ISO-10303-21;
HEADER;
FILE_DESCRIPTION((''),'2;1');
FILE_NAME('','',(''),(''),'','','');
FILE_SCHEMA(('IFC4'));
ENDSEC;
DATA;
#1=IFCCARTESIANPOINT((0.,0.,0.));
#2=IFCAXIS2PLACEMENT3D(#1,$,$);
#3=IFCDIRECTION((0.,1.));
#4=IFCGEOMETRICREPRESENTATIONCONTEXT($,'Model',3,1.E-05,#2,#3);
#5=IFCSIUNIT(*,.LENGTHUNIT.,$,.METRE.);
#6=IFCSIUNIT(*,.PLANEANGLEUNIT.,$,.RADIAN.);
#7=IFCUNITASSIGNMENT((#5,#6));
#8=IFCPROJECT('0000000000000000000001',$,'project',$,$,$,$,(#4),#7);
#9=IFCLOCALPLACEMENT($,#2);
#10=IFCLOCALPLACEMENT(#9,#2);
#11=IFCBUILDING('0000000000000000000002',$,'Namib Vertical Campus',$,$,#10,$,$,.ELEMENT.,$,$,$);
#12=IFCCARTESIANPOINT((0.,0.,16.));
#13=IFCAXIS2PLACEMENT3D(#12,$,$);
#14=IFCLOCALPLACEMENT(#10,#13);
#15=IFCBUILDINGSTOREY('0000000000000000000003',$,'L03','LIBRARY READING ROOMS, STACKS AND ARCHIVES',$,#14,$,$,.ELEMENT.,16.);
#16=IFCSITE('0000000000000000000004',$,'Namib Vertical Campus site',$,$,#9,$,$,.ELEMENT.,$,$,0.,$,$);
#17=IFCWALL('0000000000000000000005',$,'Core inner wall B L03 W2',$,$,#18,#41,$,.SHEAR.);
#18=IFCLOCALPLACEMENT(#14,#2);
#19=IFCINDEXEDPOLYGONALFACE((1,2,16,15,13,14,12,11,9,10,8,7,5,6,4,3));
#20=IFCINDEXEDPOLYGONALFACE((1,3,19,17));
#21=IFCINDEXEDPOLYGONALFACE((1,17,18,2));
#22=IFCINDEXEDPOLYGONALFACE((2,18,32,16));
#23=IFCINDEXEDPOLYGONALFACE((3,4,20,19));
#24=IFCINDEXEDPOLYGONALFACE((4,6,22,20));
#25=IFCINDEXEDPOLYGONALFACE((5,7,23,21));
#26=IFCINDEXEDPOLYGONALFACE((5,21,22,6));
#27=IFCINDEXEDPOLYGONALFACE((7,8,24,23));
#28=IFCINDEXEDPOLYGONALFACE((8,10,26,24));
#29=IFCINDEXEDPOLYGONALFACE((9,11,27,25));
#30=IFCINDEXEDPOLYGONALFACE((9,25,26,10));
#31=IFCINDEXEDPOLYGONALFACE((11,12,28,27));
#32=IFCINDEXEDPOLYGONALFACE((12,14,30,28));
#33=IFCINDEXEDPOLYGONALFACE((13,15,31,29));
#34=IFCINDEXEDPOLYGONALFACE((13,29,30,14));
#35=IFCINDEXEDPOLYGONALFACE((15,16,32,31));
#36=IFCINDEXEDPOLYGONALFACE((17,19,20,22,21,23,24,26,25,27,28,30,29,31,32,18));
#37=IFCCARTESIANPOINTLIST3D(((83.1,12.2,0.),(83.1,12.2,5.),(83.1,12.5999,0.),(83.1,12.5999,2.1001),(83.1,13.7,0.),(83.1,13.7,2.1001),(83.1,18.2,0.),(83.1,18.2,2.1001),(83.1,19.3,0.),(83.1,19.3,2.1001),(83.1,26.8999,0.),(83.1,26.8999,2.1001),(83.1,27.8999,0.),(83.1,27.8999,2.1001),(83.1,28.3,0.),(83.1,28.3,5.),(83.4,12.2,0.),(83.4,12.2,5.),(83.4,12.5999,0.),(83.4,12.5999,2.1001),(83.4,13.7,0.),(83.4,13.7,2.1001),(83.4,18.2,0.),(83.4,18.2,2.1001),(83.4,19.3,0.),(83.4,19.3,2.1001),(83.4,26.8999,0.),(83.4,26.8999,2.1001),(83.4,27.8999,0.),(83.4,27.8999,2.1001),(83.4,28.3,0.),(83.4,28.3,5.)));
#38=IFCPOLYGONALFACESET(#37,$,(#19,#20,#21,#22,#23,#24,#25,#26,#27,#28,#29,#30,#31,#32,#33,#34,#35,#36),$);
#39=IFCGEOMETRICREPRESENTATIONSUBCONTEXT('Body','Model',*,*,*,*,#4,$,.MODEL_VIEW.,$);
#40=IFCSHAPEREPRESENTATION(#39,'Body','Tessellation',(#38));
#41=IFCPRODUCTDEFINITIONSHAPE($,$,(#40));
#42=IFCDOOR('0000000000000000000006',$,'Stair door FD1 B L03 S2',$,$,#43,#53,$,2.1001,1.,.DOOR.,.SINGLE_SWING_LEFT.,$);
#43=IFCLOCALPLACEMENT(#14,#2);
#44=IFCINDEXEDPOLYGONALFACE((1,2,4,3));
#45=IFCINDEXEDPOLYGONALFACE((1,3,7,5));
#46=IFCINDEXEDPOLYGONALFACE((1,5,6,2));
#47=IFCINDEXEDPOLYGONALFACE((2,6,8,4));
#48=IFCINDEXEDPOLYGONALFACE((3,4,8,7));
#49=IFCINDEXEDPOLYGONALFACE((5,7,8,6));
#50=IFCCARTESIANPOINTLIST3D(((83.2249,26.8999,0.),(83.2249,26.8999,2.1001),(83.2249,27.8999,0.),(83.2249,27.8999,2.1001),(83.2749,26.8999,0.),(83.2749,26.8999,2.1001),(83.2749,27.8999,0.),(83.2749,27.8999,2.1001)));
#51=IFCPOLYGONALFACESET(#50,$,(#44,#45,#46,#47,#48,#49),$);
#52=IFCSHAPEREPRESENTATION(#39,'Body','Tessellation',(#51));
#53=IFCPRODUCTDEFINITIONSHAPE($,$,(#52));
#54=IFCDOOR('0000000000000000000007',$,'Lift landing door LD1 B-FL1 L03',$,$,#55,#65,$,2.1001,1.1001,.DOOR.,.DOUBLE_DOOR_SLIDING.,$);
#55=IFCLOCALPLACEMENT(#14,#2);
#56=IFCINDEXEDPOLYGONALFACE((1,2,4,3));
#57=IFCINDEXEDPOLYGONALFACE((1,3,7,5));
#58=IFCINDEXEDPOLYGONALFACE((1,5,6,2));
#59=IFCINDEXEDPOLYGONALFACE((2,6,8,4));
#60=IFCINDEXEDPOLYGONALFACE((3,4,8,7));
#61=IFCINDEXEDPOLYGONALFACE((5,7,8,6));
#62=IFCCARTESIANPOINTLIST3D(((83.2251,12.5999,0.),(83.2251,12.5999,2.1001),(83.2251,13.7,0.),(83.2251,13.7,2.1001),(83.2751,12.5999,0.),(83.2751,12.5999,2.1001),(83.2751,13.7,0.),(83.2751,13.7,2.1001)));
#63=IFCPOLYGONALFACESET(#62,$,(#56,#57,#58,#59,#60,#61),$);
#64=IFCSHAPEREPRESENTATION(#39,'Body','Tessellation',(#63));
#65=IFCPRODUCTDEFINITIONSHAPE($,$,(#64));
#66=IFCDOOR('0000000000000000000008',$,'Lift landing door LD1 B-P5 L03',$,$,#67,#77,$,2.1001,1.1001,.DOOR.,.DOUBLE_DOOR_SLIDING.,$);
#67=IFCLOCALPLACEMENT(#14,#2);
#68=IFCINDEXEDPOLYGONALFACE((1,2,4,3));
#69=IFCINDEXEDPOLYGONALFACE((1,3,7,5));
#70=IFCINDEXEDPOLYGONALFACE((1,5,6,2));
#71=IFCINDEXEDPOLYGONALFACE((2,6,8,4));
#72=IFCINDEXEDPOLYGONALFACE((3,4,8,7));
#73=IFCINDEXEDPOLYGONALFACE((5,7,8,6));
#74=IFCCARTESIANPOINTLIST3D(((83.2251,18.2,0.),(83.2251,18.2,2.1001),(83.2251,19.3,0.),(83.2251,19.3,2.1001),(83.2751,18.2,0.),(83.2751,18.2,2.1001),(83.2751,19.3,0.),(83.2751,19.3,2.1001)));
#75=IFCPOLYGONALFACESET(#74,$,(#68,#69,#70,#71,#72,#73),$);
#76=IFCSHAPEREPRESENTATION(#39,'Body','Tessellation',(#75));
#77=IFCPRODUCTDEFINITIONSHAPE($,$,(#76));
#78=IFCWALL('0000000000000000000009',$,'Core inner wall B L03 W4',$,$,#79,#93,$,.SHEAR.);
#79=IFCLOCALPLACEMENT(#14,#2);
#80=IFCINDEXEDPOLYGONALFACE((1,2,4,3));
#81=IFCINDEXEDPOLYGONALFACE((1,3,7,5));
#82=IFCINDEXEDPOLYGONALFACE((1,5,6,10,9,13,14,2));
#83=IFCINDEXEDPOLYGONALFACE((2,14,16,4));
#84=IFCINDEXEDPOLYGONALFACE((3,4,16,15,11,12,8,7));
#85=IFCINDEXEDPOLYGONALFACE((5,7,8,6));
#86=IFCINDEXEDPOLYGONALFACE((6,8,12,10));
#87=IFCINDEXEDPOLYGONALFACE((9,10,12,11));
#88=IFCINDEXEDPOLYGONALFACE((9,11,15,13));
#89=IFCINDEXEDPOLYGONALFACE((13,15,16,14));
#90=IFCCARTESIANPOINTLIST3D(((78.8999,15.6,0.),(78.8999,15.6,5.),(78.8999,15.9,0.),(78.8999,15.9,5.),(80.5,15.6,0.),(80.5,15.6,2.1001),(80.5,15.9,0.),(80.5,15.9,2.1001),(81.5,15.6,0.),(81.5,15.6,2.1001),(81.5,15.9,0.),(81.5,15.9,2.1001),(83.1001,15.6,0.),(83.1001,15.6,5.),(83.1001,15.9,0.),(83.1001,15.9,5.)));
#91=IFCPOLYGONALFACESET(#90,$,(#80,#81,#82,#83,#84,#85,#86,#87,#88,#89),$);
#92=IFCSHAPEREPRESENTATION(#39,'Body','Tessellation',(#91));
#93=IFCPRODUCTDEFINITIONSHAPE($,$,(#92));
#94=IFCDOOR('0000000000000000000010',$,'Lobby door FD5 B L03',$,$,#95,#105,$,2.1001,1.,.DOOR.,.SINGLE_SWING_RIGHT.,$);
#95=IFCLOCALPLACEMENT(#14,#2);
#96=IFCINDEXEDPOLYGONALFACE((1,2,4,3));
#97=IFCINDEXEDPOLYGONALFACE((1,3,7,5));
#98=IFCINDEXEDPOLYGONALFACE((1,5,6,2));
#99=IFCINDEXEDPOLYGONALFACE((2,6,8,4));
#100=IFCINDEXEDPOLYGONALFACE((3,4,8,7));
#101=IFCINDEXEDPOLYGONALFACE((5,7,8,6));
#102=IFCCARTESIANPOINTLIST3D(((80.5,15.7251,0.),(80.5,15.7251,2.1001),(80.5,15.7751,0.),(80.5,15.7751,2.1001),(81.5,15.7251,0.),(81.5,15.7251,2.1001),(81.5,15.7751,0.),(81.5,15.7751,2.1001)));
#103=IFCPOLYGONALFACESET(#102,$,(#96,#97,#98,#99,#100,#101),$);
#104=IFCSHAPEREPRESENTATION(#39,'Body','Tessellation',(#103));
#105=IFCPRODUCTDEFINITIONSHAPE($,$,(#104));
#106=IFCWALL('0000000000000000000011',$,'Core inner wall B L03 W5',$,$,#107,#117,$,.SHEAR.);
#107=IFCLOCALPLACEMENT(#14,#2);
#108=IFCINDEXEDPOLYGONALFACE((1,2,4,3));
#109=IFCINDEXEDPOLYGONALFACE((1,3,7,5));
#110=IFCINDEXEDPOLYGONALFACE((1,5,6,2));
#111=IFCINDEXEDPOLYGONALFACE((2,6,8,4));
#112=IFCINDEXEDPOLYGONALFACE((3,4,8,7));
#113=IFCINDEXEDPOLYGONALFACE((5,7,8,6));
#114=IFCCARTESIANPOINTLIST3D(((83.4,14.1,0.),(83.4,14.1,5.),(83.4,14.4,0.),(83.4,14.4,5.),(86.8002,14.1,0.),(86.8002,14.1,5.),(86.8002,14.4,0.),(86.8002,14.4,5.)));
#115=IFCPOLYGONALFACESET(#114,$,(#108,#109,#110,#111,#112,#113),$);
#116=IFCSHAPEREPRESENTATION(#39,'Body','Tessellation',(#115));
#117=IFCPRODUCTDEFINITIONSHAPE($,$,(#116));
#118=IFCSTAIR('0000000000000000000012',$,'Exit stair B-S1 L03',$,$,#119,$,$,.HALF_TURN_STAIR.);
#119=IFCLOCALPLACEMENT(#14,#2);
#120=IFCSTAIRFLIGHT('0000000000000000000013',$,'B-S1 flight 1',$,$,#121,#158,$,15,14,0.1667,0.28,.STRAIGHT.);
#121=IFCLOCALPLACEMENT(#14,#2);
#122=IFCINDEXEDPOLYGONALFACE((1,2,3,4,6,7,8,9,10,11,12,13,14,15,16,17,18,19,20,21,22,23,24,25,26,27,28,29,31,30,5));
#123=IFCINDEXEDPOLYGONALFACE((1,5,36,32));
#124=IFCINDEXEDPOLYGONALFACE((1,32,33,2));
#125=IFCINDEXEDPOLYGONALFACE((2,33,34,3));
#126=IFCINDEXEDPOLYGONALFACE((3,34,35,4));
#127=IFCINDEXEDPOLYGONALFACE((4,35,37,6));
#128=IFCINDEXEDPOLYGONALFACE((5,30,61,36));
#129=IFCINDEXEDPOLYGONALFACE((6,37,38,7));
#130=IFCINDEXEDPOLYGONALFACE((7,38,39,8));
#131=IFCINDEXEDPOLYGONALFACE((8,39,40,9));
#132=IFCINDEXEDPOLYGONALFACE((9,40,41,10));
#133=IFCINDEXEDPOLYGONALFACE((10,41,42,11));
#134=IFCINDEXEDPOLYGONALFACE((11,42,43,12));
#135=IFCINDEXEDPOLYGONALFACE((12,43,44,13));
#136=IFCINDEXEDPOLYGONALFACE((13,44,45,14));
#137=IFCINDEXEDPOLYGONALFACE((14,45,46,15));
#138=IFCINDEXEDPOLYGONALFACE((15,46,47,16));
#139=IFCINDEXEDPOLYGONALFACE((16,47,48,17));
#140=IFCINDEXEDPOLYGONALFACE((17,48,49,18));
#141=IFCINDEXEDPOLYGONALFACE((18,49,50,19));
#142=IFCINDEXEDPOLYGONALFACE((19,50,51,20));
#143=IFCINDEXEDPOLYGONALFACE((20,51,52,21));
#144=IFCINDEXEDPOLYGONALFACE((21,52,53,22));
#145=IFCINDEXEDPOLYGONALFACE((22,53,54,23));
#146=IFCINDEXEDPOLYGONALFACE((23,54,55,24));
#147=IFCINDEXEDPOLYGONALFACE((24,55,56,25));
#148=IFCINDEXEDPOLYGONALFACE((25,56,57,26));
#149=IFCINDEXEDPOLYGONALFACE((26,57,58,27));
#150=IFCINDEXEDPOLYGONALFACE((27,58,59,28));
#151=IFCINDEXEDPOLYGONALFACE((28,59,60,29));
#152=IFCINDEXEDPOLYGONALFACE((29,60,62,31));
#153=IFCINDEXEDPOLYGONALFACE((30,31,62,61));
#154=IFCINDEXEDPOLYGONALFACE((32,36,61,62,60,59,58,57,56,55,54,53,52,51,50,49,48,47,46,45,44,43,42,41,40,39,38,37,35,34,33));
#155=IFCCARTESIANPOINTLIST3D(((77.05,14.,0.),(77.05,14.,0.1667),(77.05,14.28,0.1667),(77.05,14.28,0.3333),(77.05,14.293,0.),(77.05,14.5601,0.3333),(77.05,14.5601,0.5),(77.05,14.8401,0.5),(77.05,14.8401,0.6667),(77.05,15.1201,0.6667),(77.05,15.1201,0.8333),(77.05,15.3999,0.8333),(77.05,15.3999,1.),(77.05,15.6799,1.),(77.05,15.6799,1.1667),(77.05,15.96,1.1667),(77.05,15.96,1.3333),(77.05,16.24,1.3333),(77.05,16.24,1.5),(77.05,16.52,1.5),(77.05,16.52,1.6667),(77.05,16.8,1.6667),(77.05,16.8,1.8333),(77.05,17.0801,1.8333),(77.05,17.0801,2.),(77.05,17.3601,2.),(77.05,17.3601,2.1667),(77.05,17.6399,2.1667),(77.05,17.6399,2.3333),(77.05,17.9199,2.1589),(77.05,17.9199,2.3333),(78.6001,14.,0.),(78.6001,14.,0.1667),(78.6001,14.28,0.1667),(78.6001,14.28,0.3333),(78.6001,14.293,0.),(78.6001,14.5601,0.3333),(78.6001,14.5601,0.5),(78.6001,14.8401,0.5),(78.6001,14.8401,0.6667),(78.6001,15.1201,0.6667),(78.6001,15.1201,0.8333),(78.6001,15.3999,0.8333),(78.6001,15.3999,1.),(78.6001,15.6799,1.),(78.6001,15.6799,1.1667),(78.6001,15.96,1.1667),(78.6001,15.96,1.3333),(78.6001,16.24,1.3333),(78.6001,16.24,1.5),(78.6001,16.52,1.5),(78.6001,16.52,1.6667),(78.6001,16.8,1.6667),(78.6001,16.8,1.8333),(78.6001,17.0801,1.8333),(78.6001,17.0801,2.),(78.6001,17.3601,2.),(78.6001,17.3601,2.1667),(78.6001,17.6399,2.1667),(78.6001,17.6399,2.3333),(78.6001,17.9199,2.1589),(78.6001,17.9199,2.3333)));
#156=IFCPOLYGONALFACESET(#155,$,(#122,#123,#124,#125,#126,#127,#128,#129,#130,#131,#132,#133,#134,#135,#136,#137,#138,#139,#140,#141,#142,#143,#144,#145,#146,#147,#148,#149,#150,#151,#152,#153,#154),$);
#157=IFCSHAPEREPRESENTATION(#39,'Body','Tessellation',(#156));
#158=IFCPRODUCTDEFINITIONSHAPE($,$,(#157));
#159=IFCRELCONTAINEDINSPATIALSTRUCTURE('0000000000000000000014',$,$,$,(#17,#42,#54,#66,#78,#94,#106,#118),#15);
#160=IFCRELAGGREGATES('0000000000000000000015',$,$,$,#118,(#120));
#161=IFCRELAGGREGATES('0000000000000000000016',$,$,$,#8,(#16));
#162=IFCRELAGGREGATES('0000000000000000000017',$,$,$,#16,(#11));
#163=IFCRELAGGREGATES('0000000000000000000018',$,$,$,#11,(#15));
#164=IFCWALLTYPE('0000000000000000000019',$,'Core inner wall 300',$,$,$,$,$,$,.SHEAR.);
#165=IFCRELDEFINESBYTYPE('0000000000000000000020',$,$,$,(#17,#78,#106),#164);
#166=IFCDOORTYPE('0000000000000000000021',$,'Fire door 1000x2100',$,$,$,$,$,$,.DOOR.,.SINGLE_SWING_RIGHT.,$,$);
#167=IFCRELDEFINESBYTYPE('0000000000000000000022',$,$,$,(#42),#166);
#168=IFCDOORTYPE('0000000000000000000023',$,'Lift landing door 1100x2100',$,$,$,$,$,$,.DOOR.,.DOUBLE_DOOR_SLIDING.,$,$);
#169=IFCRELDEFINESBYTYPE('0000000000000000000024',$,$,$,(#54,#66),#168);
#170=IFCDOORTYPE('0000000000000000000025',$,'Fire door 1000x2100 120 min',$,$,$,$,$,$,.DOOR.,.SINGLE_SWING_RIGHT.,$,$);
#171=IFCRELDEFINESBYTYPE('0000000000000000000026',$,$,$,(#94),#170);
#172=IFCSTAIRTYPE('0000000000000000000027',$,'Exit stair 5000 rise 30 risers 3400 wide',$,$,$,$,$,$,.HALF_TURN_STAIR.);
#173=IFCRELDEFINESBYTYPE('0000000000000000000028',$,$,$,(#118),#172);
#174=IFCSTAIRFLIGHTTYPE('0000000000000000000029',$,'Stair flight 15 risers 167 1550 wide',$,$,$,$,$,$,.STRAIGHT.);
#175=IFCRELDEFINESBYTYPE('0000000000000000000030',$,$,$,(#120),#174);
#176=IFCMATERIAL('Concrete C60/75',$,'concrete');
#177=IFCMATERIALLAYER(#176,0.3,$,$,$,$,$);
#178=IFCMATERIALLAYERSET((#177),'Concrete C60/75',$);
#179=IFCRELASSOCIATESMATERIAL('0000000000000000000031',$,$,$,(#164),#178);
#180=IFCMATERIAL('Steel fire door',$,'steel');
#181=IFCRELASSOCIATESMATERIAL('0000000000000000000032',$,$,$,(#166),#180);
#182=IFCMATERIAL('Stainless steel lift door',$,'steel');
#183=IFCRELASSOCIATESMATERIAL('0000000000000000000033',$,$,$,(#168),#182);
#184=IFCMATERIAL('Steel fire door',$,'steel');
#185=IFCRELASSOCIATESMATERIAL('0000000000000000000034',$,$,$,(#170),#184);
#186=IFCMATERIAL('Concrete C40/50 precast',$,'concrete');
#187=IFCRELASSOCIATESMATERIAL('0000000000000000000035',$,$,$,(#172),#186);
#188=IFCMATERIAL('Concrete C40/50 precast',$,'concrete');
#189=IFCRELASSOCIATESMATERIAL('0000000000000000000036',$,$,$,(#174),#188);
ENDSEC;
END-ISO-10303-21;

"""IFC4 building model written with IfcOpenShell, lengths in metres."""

from ifc_helpers import new_model, si_unit, direction, frame, frame_2d, origin, place, context, subcontext, project, spatial, polyline, rectangle, outline, extrude, material, layer, layer_set, type_object, element, fill, aggregate, save


model = new_model("IFC4")

# Units and contexts
model_context = context("Model", 3, precision=1e-05, world=origin(), true_north=direction((0.0, 1.0)))
body_context = subcontext(model_context, "Body", "Model", "MODEL_VIEW")
ifc_project = project(units=[si_unit("LENGTHUNIT", "METRE"), si_unit("PLANEANGLEUNIT", "RADIAN")], contexts=[model_context])

# Site, building, storey
site_placement = place(None, origin())
site = spatial("IfcSite", under=ifc_project, at=site_placement, Name="Namib Vertical Campus site", CompositionType="ELEMENT", RefElevation=0.0)
building_placement = place(site_placement, origin())
building = spatial("IfcBuilding", under=site, at=building_placement, Name="Namib Vertical Campus", CompositionType="ELEMENT")
storey_placement = place(building_placement, frame((0.0, 0.0, 16.0)))
storey = spatial("IfcBuildingStorey", under=building, at=storey_placement, Name="L03", Description="LIBRARY READING ROOMS, STACKS AND ARCHIVES", CompositionType="ELEMENT", Elevation=16.0)

# Wall, openings, doors
ifc_material_1 = material(Name="Concrete C60/75", Category="concrete")
ifc_layer = layer(ifc_material_1, 0.3)
ifc_layer_set = layer_set([ifc_layer], Name="Concrete C60/75")
wall_type = type_object("IfcWallType", Name="Core inner wall 300", PredefinedType="SHEAR", material=ifc_layer_set)
ifc_material_2 = material(Name="Steel fire door", Category="steel")
door_type_1 = type_object("IfcDoorType", Name="Fire door 1000x2100", OperationType="SINGLE_SWING_RIGHT", PredefinedType="DOOR", material=ifc_material_2)
ifc_material_3 = material(Name="Stainless steel lift door", Category="steel")
door_type_2 = type_object("IfcDoorType", Name="Lift landing door 1100x2100", OperationType="DOUBLE_DOOR_SLIDING", PredefinedType="DOOR", material=ifc_material_3)
wall_1_placement = place(storey_placement, frame((83.25, 12.2, 0.0), z_axis=(0.0, 0.0, 1.0), x_axis=(0.0, 1.0, 0.0)))
wall_1 = element("IfcWall", 1, at=wall_1_placement, inside=storey, type_object=wall_type, Name="Core inner wall B L03 W2", PredefinedType="SHEAR", context=body_context, shape_type="SweptSolid", body=[
    extrude(rectangle(XDim=16.1001, YDim=0.3, at=frame_2d((8.05, 0.0))), origin(), (0.0, 0.0, 1.0), 5.0),
])
opening_1_placement = place(wall_1_placement, frame((14.7, 0.0, 0.0)))
opening_1 = element("IfcOpeningElement", 2, at=opening_1_placement, cuts=wall_1, PredefinedType="OPENING", context=body_context, shape_type="SweptSolid", body=[
    extrude(rectangle(XDim=1.0, YDim=2.1001, at=frame_2d((0.5, 1.05))), frame((0.0, 0.1599, 0.0), z_axis=(0.0, -1.0, 0.0), x_axis=(1.0, 0.0, 0.0)), (0.0, 0.0, 1.0), 0.3201),
])
opening_2_placement = place(wall_1_placement, frame((0.3999, 0.0, 0.0)))
opening_2 = element("IfcOpeningElement", 3, at=opening_2_placement, cuts=wall_1, PredefinedType="OPENING", context=body_context, shape_type="SweptSolid", body=[
    extrude(rectangle(XDim=1.1001, YDim=2.1001, at=frame_2d((0.55, 1.05))), frame((0.0, 0.1599, 0.0), z_axis=(0.0, -1.0, 0.0), x_axis=(1.0, 0.0, 0.0)), (0.0, 0.0, 1.0), 0.3201),
])
opening_3_placement = place(wall_1_placement, frame((6.0, 0.0, 0.0)))
opening_3 = element("IfcOpeningElement", 4, at=opening_3_placement, cuts=wall_1, PredefinedType="OPENING", context=body_context, shape_type="SweptSolid", body=[
    extrude(rectangle(XDim=1.1001, YDim=2.1001, at=frame_2d((0.55, 1.05))), frame((0.0, 0.1599, 0.0), z_axis=(0.0, -1.0, 0.0), x_axis=(1.0, 0.0, 0.0)), (0.0, 0.0, 1.0), 0.3201),
])
door_1_placement = place(opening_1_placement, frame((1.0, 0.0, 0.0), z_axis=(0.0, 0.0, 1.0), x_axis=(-1.0, 0.0, 0.0)))
door_1 = element("IfcDoor", 5, at=door_1_placement, inside=storey, type_object=door_type_1, Name="Stair door FD1 B L03 S2", OperationType="SINGLE_SWING_LEFT", OverallHeight=2.1001, OverallWidth=1.0, PredefinedType="DOOR", context=body_context, shape_type="SweptSolid", body=[
    extrude(rectangle(XDim=1.0, YDim=2.1001, at=frame_2d((0.5, 1.05))), frame((0.0, 0.0249, 0.0), z_axis=(0.0, -1.0, 0.0), x_axis=(1.0, 0.0, 0.0)), (0.0, 0.0, 1.0), 0.05),
])
fill(opening_1, door_1)
door_2_placement = place(opening_2_placement, origin())
door_2 = element("IfcDoor", 6, at=door_2_placement, inside=storey, type_object=door_type_2, Name="Lift landing door LD1 B-FL1 L03", OperationType="DOUBLE_DOOR_SLIDING", OverallHeight=2.1001, OverallWidth=1.1001, PredefinedType="DOOR", context=body_context, shape_type="SweptSolid", body=[
    extrude(rectangle(XDim=1.1001, YDim=2.1001, at=frame_2d((0.55, 1.05))), frame((0.0, 0.0249, 0.0), z_axis=(0.0, -1.0, 0.0), x_axis=(1.0, 0.0, 0.0)), (0.0, 0.0, 1.0), 0.05),
])
fill(opening_2, door_2)
door_3_placement = place(opening_3_placement, origin())
door_3 = element("IfcDoor", 7, at=door_3_placement, inside=storey, type_object=door_type_2, Name="Lift landing door LD1 B-P5 L03", OperationType="DOUBLE_DOOR_SLIDING", OverallHeight=2.1001, OverallWidth=1.1001, PredefinedType="DOOR", context=body_context, shape_type="SweptSolid", body=[
    extrude(rectangle(XDim=1.1001, YDim=2.1001, at=frame_2d((0.55, 1.05))), frame((0.0, 0.0249, 0.0), z_axis=(0.0, -1.0, 0.0), x_axis=(1.0, 0.0, 0.0)), (0.0, 0.0, 1.0), 0.05),
])
fill(opening_3, door_3)

# Wall, opening, door
wall_2_placement = place(storey_placement, frame((78.8999, 15.75, 0.0), z_axis=(0.0, 0.0, 1.0), x_axis=(1.0, 0.0, 0.0)))
wall_2 = element("IfcWall", 8, at=wall_2_placement, inside=storey, type_object=wall_type, Name="Core inner wall B L03 W4", PredefinedType="SHEAR", context=body_context, shape_type="SweptSolid", body=[
    extrude(rectangle(XDim=4.2002, YDim=0.3, at=frame_2d((2.1001, 0.0))), origin(), (0.0, 0.0, 1.0), 5.0),
])
opening_4_placement = place(wall_2_placement, frame((1.6001, 0.0, 0.0)))
opening_4 = element("IfcOpeningElement", 9, at=opening_4_placement, cuts=wall_2, PredefinedType="OPENING", context=body_context, shape_type="SweptSolid", body=[
    extrude(rectangle(XDim=1.0, YDim=2.1001, at=frame_2d((0.5, 1.05))), frame((0.0, 0.1599, 0.0), z_axis=(0.0, -1.0, 0.0), x_axis=(1.0, 0.0, 0.0)), (0.0, 0.0, 1.0), 0.3201),
])
ifc_material_4 = material(Name="Steel fire door", Category="steel")
door_type_3 = type_object("IfcDoorType", Name="Fire door 1000x2100 120 min", OperationType="SINGLE_SWING_RIGHT", PredefinedType="DOOR", material=ifc_material_4)
door_4_placement = place(opening_4_placement, frame((1.0, 0.0, 0.0), z_axis=(0.0, 0.0, 1.0), x_axis=(-1.0, 0.0, 0.0)))
door_4 = element("IfcDoor", 10, at=door_4_placement, inside=storey, type_object=door_type_3, Name="Lobby door FD5 B L03", OperationType="SINGLE_SWING_RIGHT", OverallHeight=2.1001, OverallWidth=1.0, PredefinedType="DOOR", context=body_context, shape_type="SweptSolid", body=[
    extrude(rectangle(XDim=1.0, YDim=2.1001, at=frame_2d((0.5, 1.05))), frame((0.0, 0.0249, 0.0), z_axis=(0.0, -1.0, 0.0), x_axis=(1.0, 0.0, 0.0)), (0.0, 0.0, 1.0), 0.05),
])
fill(opening_4, door_4)

# Wall
wall_3_placement = place(storey_placement, frame((83.3999, 14.25, 0.0), z_axis=(0.0, 0.0, 1.0), x_axis=(1.0, 0.0, 0.0)))
element("IfcWall", 11, at=wall_3_placement, inside=storey, type_object=wall_type, Name="Core inner wall B L03 W5", PredefinedType="SHEAR", context=body_context, shape_type="SweptSolid", body=[
    extrude(rectangle(XDim=3.4001, YDim=0.3, at=frame_2d((1.7002, 0.0))), origin(), (0.0, 0.0, 1.0), 5.0),
])

# Stair, stair flight
ifc_material_5 = material(Name="Concrete C40/50 precast", Category="concrete")
stair_type = type_object("IfcStairType", Name="Exit stair 5000 rise 30 risers 3400 wide", PredefinedType="HALF_TURN_STAIR", material=ifc_material_5)
stair_placement = place(storey_placement, origin())
stair = element("IfcStair", 12, at=stair_placement, inside=storey, type_object=stair_type, Name="Exit stair B-S1 L03", PredefinedType="HALF_TURN_STAIR")
ifc_material_6 = material(Name="Concrete C40/50 precast", Category="concrete")
stair_flight_type = type_object("IfcStairFlightType", Name="Stair flight 15 risers 167 1550 wide", PredefinedType="STRAIGHT", material=ifc_material_6)
stair_flight_1_placement = place(storey_placement, frame((77.825, 14.0, 0.0), z_axis=(0.0, 0.0, 1.0), x_axis=(0.0, 1.0, 0.0)))
stair_flight_1 = element("IfcStairFlight", 13, at=stair_flight_1_placement, type_object=stair_flight_type, Name="B-S1 flight 1", NumberOfRisers=15, NumberOfTreads=14, PredefinedType="STRAIGHT", RiserHeight=0.1667, TreadLength=0.28, context=body_context, shape_type="SweptSolid", body=[
    extrude(outline(polyline([(0.0, 0.0), (0.0, 0.1667), (0.28, 0.1667), (0.28, 0.3333), (0.5601, 0.3333), (0.5601, 0.5), (0.8401, 0.5), (0.8401, 0.6667), (1.1201, 0.6667), (1.1201, 0.8333), (1.3999, 0.8333), (1.3999, 1.0), (1.6799, 1.0), (1.6799, 1.1667), (1.96, 1.1667), (1.96, 1.3333), (2.24, 1.3333), (2.24, 1.5), (2.52, 1.5), (2.52, 1.6667), (2.8, 1.6667), (2.8, 1.8333), (3.0801, 1.8333), (3.0801, 2.0), (3.3601, 2.0), (3.3601, 2.1667), (3.6399, 2.1667), (3.6399, 2.3333), (3.9199, 2.3333), (3.9199, 2.5), (3.9199, 2.1589), (0.293, 0.0), (0.0, 0.0)])), frame((0.0, 0.7749, 0.0), z_axis=(0.0, -1.0, 0.0), x_axis=(1.0, 0.0, 0.0)), (0.0, 0.0, 1.0), 1.55),
])
aggregate(stair, [stair_flight_1])

save(model, "model.ifc")
